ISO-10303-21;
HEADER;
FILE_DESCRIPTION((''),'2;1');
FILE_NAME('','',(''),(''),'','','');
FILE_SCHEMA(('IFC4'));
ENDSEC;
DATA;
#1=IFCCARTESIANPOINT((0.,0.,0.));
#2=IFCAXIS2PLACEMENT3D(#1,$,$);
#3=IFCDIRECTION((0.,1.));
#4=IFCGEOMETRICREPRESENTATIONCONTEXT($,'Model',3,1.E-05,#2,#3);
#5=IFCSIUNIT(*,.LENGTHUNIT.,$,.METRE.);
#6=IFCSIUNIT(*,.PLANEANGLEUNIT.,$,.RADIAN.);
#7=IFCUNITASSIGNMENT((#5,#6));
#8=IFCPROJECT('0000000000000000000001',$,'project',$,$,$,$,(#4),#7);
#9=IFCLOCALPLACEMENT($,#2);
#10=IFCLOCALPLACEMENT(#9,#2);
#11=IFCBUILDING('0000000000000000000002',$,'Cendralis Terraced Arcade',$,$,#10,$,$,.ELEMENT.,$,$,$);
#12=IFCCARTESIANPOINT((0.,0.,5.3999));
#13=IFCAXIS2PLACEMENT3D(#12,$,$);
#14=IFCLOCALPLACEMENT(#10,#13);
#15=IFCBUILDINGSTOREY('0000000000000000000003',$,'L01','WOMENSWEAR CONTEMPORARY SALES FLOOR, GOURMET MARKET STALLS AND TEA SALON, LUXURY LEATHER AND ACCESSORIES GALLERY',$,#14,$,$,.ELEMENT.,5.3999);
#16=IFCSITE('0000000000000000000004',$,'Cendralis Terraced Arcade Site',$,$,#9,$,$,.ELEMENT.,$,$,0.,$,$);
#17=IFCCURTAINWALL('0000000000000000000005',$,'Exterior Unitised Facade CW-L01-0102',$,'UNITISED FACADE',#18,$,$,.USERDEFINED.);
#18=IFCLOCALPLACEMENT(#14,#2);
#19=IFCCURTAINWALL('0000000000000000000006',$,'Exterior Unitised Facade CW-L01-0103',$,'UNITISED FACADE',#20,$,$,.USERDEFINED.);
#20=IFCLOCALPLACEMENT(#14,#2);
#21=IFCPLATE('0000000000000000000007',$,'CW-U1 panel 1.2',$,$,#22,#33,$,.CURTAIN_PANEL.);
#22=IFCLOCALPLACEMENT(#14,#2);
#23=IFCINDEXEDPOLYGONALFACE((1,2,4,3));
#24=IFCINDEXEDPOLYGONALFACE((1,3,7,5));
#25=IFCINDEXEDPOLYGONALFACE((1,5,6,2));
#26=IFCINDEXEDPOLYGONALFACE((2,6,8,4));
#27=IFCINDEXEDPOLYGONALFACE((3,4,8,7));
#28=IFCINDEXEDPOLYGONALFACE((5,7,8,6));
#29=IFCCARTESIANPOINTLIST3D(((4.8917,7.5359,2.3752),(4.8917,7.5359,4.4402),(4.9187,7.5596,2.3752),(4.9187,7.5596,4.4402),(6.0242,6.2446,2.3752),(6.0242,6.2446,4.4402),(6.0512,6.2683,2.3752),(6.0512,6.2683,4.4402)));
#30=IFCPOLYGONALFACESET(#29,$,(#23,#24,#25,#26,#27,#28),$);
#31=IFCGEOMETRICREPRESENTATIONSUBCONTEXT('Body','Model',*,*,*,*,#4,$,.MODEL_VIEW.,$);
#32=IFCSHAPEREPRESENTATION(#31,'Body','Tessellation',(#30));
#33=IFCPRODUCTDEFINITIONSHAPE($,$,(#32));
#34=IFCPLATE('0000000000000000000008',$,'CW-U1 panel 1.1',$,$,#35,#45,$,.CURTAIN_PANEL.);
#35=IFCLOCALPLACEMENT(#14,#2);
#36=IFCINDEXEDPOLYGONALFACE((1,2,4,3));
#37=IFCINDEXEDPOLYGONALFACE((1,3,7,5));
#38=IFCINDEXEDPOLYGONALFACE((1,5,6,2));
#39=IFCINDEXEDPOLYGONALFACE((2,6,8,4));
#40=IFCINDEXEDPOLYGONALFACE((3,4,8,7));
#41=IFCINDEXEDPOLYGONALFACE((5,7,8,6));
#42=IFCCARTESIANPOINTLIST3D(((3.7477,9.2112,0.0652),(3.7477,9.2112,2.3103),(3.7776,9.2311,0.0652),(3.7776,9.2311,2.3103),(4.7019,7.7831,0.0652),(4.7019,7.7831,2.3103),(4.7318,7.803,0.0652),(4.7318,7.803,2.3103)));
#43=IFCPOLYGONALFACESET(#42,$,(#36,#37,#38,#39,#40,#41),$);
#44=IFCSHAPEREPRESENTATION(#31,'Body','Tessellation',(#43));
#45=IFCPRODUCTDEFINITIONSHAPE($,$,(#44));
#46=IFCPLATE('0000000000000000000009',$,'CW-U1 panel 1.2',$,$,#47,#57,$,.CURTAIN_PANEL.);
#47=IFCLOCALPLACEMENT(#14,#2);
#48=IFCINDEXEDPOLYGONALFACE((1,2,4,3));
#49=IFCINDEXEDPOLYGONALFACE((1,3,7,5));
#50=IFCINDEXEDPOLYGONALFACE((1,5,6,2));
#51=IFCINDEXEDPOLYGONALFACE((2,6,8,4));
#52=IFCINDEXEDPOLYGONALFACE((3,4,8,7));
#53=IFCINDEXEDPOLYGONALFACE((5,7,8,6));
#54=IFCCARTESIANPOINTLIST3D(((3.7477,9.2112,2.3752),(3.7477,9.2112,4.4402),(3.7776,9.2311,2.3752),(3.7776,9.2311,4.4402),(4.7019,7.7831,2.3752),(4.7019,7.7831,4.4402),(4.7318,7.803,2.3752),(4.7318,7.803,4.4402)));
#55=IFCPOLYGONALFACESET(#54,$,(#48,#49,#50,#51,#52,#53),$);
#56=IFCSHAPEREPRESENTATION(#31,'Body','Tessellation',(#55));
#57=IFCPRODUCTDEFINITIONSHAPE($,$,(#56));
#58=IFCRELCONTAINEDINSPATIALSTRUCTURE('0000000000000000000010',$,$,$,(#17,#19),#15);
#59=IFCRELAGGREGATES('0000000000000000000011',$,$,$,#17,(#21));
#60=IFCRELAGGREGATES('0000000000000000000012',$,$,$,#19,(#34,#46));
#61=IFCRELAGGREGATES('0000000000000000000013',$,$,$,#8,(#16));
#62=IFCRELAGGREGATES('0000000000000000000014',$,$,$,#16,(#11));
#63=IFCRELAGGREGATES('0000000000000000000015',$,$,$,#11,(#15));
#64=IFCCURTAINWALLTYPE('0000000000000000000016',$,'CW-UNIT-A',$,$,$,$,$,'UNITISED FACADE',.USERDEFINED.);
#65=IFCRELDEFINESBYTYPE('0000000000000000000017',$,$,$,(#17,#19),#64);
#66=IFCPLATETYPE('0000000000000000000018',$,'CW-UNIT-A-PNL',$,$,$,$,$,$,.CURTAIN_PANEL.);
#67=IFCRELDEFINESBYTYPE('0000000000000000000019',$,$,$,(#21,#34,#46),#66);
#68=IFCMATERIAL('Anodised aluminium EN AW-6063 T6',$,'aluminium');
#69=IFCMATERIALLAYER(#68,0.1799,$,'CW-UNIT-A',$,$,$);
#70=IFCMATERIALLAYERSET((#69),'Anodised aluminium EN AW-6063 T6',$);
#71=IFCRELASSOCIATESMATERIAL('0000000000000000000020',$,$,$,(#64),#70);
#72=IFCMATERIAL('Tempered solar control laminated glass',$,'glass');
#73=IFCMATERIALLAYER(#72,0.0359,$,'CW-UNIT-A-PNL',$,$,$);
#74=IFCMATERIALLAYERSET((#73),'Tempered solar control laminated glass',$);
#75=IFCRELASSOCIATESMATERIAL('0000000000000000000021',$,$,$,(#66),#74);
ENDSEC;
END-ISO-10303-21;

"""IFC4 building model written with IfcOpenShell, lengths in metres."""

from ifc_helpers import new_model, si_unit, direction, frame, origin, origin_2d, place, context, subcontext, project, spatial, rectangle, extrude, material, layer, layer_set, type_object, element, aggregate, save


model = new_model("IFC4")

# Units and contexts
model_context = context("Model", 3, precision=1e-05, world=origin(), true_north=direction((0.0, 1.0)))
body_context = subcontext(model_context, "Body", "Model", "MODEL_VIEW")
ifc_project = project(units=[si_unit("LENGTHUNIT", "METRE"), si_unit("PLANEANGLEUNIT", "RADIAN")], contexts=[model_context])

# Site, building, storey
site_placement = place(None, origin())
site = spatial("IfcSite", under=ifc_project, at=site_placement, Name="Cendralis Terraced Arcade Site", CompositionType="ELEMENT", RefElevation=0.0)
building_placement = place(site_placement, origin())
building = spatial("IfcBuilding", under=site, at=building_placement, Name="Cendralis Terraced Arcade", CompositionType="ELEMENT")
storey_placement = place(building_placement, frame((0.0, 0.0, 5.3999)))
storey = spatial("IfcBuildingStorey", under=building, at=storey_placement, Name="L01", Description="WOMENSWEAR CONTEMPORARY SALES FLOOR, GOURMET MARKET STALLS AND TEA SALON, LUXURY LEATHER AND ACCESSORIES GALLERY", CompositionType="ELEMENT", Elevation=5.3999)

# Curtain walls
ifc_material_1 = material(Name="Anodised aluminium EN AW-6063 T6", Category="aluminium")
ifc_layer_1 = layer(ifc_material_1, 0.1799, Name="CW-UNIT-A")
ifc_layer_set_1 = layer_set([ifc_layer_1], Name="Anodised aluminium EN AW-6063 T6")
curtain_wall_type = type_object("IfcCurtainWallType", Name="CW-UNIT-A", ElementType="UNITISED FACADE", PredefinedType="USERDEFINED", material=ifc_layer_set_1)
curtain_wall_1_placement = place(storey_placement, origin())
curtain_wall_1 = element("IfcCurtainWall", 1, at=curtain_wall_1_placement, inside=storey, type_object=curtain_wall_type, Name="Exterior Unitised Facade CW-L01-0102", ObjectType="UNITISED FACADE", PredefinedType="USERDEFINED")
curtain_wall_2_placement = place(storey_placement, origin())
curtain_wall_2 = element("IfcCurtainWall", 2, at=curtain_wall_2_placement, inside=storey, type_object=curtain_wall_type, Name="Exterior Unitised Facade CW-L01-0103", ObjectType="UNITISED FACADE", PredefinedType="USERDEFINED")

# Plates
ifc_material_2 = material(Name="Tempered solar control laminated glass", Category="glass")
ifc_layer_2 = layer(ifc_material_2, 0.0359, Name="CW-UNIT-A-PNL")
ifc_layer_set_2 = layer_set([ifc_layer_2], Name="Tempered solar control laminated glass")
plate_type = type_object("IfcPlateType", Name="CW-UNIT-A-PNL", PredefinedType="CURTAIN_PANEL", material=ifc_layer_set_2)
plate_1_placement = place(storey_placement, frame((5.4714, 6.9021, 2.3752), z_axis=(0.0, 0.0, 1.0), x_axis=(-0.65937, 0.751818, 0.0)))
plate_1 = element("IfcPlate", 3, at=plate_1_placement, type_object=plate_type, Name="CW-U1 panel 1.2", PredefinedType="CURTAIN_PANEL", context=body_context, shape_type="SweptSolid", body=[
    extrude(rectangle(XDim=1.7175, YDim=0.0359, at=origin_2d()), origin(), (0.0, 0.0, 1.0), 2.0649),
])
aggregate(curtain_wall_1, [plate_1])
plate_2_placement = place(storey_placement, frame((4.2397, 8.5071, 0.0652), z_axis=(0.0, 0.0, 1.0), x_axis=(-0.555549, 0.831484, 0.0)))
plate_2 = element("IfcPlate", 4, at=plate_2_placement, type_object=plate_type, Name="CW-U1 panel 1.1", PredefinedType="CURTAIN_PANEL", context=body_context, shape_type="SweptSolid", body=[
    extrude(rectangle(XDim=1.7175, YDim=0.0359, at=origin_2d()), origin(), (0.0, 0.0, 1.0), 2.2451),
])
plate_3_placement = place(storey_placement, frame((4.2397, 8.5071, 2.3752), z_axis=(0.0, 0.0, 1.0), x_axis=(-0.555549, 0.831484, 0.0)))
plate_3 = element("IfcPlate", 5, at=plate_3_placement, type_object=plate_type, Name="CW-U1 panel 1.2", PredefinedType="CURTAIN_PANEL", context=body_context, shape_type="SweptSolid", body=[
    extrude(rectangle(XDim=1.7175, YDim=0.0359, at=origin_2d()), origin(), (0.0, 0.0, 1.0), 2.0649),
])
aggregate(curtain_wall_2, [plate_2, plate_3])

save(model, "model.ifc")
